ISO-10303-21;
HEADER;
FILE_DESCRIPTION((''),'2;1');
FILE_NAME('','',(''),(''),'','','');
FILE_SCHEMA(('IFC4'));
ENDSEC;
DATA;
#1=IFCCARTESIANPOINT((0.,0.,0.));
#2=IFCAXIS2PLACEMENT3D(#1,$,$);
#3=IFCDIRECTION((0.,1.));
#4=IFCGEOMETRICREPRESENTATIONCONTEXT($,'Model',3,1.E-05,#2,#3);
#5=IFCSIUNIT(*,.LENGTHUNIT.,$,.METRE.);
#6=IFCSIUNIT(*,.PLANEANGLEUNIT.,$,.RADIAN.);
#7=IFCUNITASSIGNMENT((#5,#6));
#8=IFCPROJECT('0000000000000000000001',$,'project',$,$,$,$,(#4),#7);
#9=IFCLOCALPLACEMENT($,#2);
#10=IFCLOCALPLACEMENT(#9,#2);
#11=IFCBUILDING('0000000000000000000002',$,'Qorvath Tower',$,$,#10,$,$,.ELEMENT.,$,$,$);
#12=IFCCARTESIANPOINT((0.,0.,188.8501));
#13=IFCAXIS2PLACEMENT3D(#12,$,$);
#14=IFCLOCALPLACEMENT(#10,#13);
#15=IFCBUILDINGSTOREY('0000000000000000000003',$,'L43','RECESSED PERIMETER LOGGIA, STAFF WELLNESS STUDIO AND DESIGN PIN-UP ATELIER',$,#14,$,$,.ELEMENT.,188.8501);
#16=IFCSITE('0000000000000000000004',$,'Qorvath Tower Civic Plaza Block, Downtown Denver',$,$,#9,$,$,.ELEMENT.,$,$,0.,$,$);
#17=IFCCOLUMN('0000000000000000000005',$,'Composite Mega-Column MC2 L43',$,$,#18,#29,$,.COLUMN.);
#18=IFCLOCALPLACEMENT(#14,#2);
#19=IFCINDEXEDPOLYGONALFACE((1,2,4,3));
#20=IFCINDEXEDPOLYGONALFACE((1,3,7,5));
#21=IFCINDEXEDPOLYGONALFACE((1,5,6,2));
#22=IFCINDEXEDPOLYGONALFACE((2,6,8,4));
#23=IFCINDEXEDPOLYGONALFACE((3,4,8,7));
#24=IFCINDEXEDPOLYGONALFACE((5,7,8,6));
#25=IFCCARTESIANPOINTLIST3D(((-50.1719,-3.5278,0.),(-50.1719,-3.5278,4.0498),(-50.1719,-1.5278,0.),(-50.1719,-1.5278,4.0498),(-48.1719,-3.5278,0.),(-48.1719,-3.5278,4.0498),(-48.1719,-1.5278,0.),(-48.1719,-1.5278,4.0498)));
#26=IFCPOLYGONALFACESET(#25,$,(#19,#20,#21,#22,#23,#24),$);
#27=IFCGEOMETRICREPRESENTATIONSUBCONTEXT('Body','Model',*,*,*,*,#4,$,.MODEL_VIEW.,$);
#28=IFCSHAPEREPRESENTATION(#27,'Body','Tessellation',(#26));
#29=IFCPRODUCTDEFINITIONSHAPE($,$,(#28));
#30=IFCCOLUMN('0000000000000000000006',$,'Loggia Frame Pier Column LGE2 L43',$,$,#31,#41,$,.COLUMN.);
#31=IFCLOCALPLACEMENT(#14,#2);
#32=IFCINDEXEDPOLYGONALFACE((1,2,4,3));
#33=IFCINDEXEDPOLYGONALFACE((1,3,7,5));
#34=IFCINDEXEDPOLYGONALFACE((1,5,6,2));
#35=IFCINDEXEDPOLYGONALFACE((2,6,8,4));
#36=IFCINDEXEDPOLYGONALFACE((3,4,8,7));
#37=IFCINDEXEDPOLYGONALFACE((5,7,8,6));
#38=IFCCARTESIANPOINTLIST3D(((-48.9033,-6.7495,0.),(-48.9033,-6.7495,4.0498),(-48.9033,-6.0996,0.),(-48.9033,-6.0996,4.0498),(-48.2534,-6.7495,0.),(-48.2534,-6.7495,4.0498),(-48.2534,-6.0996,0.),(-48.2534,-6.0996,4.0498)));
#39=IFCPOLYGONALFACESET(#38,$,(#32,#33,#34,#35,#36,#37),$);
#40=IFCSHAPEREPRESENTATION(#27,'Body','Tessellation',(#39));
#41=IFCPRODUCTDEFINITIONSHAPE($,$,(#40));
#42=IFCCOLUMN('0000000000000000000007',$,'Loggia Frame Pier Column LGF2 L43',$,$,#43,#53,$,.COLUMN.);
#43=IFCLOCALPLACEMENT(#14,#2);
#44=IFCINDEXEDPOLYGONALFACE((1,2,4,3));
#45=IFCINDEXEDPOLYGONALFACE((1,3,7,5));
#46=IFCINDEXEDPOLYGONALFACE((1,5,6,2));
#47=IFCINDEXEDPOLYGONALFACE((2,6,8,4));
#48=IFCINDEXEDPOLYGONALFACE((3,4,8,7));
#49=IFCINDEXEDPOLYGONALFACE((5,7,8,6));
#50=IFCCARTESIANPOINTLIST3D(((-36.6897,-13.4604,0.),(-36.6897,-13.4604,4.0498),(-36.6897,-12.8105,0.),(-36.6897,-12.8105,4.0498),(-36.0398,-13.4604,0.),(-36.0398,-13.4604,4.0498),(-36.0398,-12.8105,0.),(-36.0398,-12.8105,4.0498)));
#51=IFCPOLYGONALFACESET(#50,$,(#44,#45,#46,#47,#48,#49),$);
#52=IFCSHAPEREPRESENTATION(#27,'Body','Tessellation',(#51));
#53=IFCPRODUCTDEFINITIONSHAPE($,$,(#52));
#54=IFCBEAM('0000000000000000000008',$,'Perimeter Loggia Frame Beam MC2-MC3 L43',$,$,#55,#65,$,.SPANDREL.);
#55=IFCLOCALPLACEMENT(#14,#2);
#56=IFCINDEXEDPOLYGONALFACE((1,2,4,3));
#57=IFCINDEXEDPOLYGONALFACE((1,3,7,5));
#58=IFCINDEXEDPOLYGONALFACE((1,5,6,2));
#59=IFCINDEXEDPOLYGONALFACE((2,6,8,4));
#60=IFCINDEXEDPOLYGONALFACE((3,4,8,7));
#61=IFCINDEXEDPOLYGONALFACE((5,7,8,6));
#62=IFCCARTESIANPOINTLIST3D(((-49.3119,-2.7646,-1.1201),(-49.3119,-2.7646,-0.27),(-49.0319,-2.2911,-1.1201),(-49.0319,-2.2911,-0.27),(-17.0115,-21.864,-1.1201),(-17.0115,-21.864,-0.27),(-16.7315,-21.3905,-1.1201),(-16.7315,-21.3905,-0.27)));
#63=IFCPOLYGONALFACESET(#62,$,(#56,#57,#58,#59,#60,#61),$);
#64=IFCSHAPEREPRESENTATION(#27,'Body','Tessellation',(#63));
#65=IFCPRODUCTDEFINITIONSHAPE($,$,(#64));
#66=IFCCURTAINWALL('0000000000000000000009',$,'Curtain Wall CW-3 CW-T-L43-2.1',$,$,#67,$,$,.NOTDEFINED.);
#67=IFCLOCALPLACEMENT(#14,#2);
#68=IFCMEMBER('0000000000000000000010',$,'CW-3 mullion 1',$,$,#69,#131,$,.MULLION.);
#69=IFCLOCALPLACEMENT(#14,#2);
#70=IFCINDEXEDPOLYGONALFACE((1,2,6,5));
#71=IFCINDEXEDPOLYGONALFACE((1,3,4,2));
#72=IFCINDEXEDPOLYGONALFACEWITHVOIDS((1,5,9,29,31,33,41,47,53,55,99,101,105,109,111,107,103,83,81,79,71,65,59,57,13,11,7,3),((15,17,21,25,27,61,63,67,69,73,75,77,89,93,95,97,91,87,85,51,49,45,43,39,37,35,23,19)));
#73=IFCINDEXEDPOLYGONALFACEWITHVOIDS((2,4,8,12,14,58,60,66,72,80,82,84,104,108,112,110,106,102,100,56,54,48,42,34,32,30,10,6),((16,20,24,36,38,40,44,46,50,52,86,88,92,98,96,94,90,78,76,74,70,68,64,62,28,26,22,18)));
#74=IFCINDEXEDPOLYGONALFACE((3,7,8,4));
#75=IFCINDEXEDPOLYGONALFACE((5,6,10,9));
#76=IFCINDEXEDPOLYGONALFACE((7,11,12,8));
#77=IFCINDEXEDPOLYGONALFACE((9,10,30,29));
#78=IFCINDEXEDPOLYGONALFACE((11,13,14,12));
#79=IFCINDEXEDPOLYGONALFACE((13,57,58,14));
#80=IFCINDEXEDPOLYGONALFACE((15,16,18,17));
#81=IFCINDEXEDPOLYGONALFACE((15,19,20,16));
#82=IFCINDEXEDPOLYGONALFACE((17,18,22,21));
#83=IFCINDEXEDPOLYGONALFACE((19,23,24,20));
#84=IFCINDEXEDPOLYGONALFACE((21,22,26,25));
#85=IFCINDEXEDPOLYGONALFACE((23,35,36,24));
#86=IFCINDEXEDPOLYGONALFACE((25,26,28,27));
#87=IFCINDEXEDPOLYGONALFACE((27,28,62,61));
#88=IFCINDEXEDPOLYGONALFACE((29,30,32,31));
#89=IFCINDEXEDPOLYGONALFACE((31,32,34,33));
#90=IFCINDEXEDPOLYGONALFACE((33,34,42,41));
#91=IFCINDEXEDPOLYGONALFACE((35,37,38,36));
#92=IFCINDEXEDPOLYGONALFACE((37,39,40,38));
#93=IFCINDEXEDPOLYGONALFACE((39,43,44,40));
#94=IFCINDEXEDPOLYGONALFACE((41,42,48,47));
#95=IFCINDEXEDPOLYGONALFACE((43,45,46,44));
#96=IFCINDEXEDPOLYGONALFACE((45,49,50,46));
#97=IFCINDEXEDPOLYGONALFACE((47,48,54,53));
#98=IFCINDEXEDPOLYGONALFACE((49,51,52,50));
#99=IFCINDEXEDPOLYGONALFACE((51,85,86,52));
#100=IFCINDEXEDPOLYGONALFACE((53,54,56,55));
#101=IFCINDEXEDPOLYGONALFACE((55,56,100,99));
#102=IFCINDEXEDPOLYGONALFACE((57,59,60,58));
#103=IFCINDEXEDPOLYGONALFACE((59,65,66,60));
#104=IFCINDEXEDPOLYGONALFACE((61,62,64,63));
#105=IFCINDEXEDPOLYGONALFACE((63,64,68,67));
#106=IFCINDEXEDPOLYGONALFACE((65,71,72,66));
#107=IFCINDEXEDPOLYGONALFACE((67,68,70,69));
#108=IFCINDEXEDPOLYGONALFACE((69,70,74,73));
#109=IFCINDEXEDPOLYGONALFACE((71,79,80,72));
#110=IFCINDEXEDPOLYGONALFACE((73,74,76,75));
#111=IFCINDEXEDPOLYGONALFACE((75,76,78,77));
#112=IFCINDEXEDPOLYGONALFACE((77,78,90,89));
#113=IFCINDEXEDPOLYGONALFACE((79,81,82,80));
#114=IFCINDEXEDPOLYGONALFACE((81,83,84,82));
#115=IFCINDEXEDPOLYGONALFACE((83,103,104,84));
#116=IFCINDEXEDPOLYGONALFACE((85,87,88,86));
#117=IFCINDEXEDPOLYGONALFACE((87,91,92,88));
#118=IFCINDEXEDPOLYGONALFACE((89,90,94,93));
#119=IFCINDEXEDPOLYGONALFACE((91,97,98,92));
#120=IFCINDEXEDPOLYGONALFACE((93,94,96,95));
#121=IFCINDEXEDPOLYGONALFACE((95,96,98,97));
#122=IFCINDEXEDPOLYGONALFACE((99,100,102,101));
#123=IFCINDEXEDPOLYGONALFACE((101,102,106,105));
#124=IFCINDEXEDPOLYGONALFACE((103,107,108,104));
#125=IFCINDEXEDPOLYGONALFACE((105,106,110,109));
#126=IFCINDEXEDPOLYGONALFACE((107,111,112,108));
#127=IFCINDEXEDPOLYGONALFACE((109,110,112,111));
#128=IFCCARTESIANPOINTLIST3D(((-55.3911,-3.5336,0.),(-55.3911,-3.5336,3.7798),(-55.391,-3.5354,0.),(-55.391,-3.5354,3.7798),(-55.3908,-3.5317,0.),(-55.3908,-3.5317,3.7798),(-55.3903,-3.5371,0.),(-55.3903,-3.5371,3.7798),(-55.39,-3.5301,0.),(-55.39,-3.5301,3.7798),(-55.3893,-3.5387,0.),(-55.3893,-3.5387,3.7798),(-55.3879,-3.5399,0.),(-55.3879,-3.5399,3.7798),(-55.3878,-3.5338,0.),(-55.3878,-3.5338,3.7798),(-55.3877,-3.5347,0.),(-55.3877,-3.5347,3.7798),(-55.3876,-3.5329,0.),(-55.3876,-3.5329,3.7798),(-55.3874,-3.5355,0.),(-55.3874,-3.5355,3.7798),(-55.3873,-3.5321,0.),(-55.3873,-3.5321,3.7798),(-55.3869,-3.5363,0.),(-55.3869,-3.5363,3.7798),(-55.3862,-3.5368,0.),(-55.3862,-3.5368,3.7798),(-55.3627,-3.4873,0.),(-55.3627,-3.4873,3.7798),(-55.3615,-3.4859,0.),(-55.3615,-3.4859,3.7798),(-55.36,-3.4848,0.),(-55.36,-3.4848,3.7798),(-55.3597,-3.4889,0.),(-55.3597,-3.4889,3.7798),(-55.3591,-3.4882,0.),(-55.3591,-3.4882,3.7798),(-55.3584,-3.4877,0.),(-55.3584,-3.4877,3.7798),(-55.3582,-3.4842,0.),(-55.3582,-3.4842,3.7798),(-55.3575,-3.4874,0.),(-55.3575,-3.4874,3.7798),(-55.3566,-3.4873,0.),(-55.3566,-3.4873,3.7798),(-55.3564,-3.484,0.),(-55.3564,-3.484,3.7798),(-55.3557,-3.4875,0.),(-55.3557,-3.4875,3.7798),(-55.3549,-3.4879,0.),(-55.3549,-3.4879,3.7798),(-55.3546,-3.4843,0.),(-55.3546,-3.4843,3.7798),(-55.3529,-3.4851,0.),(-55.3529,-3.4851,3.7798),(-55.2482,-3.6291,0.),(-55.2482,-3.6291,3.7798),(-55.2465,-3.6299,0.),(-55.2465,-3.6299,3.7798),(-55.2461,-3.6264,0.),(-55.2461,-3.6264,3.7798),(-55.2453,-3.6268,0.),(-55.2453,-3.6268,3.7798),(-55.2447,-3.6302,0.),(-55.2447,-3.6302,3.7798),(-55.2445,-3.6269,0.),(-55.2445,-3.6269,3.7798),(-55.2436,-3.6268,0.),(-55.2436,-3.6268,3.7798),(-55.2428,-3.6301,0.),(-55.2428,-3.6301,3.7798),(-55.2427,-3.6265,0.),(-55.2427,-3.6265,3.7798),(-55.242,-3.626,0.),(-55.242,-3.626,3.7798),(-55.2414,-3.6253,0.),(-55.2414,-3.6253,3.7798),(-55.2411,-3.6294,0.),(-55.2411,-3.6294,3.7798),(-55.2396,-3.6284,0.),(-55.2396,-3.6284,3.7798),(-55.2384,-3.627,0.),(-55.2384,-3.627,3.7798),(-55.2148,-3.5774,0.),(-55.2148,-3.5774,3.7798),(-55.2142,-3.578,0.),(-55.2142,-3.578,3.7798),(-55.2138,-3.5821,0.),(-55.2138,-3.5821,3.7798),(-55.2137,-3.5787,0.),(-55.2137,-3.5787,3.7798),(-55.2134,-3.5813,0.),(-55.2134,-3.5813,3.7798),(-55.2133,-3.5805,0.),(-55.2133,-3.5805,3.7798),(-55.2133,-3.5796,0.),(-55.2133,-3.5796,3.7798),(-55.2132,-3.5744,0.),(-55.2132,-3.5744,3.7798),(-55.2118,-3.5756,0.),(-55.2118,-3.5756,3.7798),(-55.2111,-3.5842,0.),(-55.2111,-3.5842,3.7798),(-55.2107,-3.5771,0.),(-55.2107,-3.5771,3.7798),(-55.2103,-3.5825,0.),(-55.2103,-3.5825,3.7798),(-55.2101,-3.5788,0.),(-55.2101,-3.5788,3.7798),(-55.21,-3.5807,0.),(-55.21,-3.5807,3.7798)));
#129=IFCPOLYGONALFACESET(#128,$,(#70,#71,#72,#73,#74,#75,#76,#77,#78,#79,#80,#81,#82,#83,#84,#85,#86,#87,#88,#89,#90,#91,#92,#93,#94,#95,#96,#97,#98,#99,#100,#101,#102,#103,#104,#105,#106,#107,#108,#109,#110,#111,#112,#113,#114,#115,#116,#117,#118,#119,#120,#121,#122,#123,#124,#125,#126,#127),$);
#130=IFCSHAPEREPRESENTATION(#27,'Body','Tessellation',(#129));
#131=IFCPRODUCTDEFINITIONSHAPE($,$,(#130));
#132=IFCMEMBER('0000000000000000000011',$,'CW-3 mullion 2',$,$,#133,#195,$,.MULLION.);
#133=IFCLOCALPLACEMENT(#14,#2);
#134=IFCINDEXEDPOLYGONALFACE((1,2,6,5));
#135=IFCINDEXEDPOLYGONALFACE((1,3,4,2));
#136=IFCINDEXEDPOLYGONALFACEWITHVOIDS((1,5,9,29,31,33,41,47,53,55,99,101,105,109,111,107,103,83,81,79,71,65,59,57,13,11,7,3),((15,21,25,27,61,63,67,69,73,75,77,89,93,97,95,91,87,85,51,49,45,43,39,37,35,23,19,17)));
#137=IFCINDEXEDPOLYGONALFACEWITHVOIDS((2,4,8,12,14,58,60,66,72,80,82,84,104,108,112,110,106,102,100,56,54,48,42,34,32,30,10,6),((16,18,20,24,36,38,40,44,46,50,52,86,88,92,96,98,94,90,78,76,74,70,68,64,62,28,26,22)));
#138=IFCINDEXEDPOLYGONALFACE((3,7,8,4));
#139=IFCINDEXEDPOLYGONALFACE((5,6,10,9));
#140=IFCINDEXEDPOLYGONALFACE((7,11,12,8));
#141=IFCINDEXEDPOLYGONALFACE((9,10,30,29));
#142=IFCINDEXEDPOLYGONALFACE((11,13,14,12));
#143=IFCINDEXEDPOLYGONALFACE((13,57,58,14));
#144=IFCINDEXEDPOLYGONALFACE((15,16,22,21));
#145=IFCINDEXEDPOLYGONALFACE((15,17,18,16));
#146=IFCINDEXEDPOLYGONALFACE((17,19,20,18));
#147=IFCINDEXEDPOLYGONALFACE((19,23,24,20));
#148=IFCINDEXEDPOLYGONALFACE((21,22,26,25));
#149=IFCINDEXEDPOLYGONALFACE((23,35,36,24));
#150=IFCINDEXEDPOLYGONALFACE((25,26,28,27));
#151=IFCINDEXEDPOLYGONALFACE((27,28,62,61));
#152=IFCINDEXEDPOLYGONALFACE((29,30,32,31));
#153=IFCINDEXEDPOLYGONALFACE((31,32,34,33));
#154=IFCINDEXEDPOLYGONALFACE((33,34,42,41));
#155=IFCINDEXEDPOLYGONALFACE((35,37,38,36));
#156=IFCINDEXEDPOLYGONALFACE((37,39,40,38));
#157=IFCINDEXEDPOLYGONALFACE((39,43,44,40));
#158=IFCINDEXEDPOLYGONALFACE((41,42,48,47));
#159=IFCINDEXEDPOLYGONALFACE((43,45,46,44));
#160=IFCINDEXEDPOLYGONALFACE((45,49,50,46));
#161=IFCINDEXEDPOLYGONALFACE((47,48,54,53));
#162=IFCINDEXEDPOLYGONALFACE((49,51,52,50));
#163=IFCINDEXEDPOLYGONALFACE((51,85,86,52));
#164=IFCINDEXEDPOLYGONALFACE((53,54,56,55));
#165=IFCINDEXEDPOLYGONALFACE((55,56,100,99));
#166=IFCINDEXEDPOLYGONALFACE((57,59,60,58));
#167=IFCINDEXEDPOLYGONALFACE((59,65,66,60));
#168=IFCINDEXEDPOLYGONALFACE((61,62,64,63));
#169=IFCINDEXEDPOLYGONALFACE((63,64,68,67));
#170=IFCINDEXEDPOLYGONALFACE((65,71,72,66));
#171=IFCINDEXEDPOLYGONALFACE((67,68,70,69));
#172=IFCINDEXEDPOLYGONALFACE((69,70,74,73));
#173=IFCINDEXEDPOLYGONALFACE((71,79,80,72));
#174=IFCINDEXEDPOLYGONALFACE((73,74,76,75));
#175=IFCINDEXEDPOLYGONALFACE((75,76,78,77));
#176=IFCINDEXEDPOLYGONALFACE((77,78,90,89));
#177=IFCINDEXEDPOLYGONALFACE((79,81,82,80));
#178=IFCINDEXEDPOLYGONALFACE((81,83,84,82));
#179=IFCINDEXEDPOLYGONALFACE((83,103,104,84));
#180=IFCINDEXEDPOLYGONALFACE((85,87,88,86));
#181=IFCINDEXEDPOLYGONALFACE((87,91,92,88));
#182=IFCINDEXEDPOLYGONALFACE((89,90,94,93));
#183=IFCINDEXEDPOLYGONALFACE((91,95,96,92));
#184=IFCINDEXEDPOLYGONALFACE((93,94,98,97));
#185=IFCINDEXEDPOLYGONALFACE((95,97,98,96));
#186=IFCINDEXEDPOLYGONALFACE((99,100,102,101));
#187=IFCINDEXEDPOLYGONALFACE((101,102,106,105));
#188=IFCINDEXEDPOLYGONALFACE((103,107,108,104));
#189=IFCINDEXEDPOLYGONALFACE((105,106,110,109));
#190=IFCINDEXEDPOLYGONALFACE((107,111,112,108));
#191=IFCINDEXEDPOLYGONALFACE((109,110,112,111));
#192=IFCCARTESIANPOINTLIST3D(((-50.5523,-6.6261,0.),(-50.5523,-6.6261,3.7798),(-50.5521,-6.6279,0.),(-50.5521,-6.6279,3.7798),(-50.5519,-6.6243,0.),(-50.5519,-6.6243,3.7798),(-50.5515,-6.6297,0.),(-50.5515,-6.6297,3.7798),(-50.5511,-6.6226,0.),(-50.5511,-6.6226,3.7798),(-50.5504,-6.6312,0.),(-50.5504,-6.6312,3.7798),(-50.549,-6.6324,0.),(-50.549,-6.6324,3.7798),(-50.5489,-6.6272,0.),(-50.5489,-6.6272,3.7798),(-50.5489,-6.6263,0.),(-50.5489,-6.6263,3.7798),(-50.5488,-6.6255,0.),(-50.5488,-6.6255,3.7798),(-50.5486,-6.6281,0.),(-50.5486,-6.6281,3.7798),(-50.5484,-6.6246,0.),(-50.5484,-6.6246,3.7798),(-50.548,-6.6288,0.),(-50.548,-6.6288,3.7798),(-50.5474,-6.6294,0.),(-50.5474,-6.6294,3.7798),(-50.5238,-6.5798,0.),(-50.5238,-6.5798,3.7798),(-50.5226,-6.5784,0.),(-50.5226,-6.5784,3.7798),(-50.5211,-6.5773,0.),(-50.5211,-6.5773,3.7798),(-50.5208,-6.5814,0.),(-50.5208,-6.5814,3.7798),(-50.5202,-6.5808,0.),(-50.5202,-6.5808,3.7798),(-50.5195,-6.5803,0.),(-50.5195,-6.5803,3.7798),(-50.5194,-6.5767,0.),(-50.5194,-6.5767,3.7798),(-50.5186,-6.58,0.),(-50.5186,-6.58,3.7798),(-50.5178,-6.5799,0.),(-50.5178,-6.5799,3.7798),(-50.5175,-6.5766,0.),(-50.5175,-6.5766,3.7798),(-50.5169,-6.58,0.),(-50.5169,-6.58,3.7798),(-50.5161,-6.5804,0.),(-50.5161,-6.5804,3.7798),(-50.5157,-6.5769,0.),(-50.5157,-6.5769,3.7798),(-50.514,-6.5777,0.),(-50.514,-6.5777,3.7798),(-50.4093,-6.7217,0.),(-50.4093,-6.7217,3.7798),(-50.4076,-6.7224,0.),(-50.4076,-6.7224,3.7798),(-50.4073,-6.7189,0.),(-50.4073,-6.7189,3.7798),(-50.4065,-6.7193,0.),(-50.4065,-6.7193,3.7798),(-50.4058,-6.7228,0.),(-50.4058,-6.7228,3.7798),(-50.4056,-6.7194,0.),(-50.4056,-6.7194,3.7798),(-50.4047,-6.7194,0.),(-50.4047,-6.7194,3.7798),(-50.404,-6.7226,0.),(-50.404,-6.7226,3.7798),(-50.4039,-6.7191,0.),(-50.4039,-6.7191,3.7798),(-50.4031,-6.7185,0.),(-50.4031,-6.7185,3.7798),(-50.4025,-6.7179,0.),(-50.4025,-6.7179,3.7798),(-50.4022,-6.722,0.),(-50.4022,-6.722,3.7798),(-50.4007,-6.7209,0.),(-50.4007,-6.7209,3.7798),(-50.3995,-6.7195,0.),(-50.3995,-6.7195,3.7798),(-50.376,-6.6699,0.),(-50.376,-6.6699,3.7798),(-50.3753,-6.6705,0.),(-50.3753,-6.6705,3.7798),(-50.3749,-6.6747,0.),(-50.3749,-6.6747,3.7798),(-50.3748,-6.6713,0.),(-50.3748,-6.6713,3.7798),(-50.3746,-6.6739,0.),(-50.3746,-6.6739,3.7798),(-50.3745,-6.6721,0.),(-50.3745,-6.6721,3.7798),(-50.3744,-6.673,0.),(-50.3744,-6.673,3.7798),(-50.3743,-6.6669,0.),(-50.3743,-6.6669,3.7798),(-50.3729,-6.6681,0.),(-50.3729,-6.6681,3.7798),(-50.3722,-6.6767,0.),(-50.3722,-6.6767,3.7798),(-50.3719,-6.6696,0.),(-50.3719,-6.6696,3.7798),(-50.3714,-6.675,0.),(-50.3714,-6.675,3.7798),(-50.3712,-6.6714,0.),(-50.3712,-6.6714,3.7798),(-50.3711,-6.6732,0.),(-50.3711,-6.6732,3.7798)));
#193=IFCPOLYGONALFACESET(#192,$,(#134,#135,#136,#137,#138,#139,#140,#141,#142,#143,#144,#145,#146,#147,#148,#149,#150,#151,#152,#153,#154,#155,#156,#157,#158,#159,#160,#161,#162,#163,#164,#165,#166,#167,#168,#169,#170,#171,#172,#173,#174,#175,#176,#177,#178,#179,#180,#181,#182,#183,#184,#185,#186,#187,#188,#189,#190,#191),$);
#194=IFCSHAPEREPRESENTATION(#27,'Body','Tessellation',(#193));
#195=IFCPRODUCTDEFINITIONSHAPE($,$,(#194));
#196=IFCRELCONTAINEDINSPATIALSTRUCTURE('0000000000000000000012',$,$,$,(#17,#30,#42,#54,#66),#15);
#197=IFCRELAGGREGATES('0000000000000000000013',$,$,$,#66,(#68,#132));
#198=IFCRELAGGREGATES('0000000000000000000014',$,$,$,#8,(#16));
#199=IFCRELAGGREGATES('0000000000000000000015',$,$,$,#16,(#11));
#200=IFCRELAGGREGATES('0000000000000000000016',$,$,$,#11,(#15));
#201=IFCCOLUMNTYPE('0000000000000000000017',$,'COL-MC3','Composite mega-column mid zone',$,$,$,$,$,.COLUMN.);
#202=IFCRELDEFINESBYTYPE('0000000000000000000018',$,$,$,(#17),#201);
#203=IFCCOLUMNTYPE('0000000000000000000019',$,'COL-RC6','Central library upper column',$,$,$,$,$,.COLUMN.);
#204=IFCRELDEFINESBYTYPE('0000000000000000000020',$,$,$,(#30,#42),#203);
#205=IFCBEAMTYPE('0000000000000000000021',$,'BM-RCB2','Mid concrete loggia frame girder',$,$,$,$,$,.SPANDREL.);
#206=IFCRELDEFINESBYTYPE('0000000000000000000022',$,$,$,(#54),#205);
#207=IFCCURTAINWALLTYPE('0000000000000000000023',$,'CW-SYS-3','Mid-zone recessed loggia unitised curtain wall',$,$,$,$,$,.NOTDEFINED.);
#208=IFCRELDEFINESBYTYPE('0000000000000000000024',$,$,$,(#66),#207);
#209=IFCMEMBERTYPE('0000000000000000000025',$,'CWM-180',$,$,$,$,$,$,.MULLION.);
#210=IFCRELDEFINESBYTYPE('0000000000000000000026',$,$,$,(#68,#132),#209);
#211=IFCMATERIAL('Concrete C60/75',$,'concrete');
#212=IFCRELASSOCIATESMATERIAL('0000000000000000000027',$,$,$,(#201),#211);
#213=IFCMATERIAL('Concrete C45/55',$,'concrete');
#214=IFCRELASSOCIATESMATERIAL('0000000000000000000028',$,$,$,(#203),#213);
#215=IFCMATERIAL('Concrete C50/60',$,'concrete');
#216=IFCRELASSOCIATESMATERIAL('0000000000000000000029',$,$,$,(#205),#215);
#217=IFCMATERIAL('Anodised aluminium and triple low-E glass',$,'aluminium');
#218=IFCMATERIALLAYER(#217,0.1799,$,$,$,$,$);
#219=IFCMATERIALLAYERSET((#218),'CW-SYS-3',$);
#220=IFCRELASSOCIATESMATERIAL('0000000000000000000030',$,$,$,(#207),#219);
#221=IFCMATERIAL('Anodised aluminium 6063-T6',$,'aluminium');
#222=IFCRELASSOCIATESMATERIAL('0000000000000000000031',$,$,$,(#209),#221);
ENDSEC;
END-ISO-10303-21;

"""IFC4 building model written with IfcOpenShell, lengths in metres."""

from ifc_helpers import new_model, si_unit, direction, frame, origin, origin_2d, place, context, subcontext, project, spatial, rectangle, hollow_rectangle, extrude, material, layer, layer_set, material_profile, profile_set, type_object, element, aggregate, save


model = new_model("IFC4")

# Units and contexts
model_context = context("Model", 3, precision=1e-05, world=origin(), true_north=direction((0.0, 1.0)))
body_context = subcontext(model_context, "Body", "Model", "MODEL_VIEW")
ifc_project = project(units=[si_unit("LENGTHUNIT", "METRE"), si_unit("PLANEANGLEUNIT", "RADIAN")], contexts=[model_context])

# Site, building, storey
site_placement = place(None, origin())
site = spatial("IfcSite", under=ifc_project, at=site_placement, Name="Qorvath Tower Civic Plaza Block, Downtown Denver", CompositionType="ELEMENT", RefElevation=0.0)
building_placement = place(site_placement, origin())
building = spatial("IfcBuilding", under=site, at=building_placement, Name="Qorvath Tower", CompositionType="ELEMENT")
storey_placement = place(building_placement, frame((0.0, 0.0, 188.8501)))
storey = spatial("IfcBuildingStorey", under=building, at=storey_placement, Name="L43", Description="RECESSED PERIMETER LOGGIA, STAFF WELLNESS STUDIO AND DESIGN PIN-UP ATELIER", CompositionType="ELEMENT", Elevation=188.8501)

# Columns
ifc_material_1 = material(Name="Concrete C60/75", Category="concrete")
ifc_material_profile_1 = material_profile(ifc_material_1, rectangle(XDim=2.0, YDim=2.0, at=origin_2d()), Name="MC 2000x2000")
ifc_profile_set_1 = profile_set([ifc_material_profile_1], Name="Concrete C60/75")
column_type_1 = type_object("IfcColumnType", Name="COL-MC3", Description="Composite mega-column mid zone", PredefinedType="COLUMN", material=ifc_profile_set_1)
column_placement = place(storey_placement, frame((-49.1719, -2.5278, 0.0), z_axis=(0.0, 0.0, 1.0), x_axis=(1.0, 0.0, 0.0)))
element("IfcColumn", 1, at=column_placement, inside=storey, type_object=column_type_1, Name="Composite Mega-Column MC2 L43", PredefinedType="COLUMN", context=body_context, shape_type="SweptSolid", body=[
    extrude(rectangle(XDim=2.0, YDim=2.0, at=origin_2d()), origin(), (0.0, 0.0, 1.0), 4.0498),
])
ifc_material_2 = material(Name="Concrete C45/55", Category="concrete")
ifc_material_profile_2 = material_profile(ifc_material_2, rectangle(XDim=0.6499, YDim=0.6499, at=origin_2d()), Name="RC 650x650")
ifc_profile_set_2 = profile_set([ifc_material_profile_2], Name="Concrete C45/55")
column_type_2 = type_object("IfcColumnType", Name="COL-RC6", Description="Central library upper column", PredefinedType="COLUMN", material=ifc_profile_set_2)
for number, where, z_axis, x_axis, name in (
    (2, (-48.5784, -6.4246, 0.0), (0.0, 0.0, 1.0), (1.0, 0.0, 0.0), "Loggia Frame Pier Column LGE2 L43"),
    (3, (-36.3647, -13.1355, 0.0), (0.0, 0.0, 1.0), (1.0, 0.0, 0.0), "Loggia Frame Pier Column LGF2 L43"),
):
    element("IfcColumn", number, at=place(storey_placement, frame(where, z_axis=z_axis, x_axis=x_axis)), inside=storey, type_object=column_type_2, Name=name, PredefinedType="COLUMN", context=body_context, shape_type="SweptSolid", body=[
        extrude(rectangle(XDim=0.6499, YDim=0.6499, at=origin_2d()), origin(), (0.0, 0.0, 1.0), 4.0498),
    ])

# Beam
ifc_material_3 = material(Name="Concrete C50/60", Category="concrete")
ifc_material_profile_3 = material_profile(ifc_material_3, rectangle(XDim=0.55, YDim=0.8501, at=origin_2d()), Name="RCB 850x550")
ifc_profile_set_3 = profile_set([ifc_material_profile_3], Name="Concrete C50/60")
beam_type = type_object("IfcBeamType", Name="BM-RCB2", Description="Mid concrete loggia frame girder", PredefinedType="SPANDREL", material=ifc_profile_set_3)
beam_placement = place(storey_placement, frame((-49.1719, -2.5278, -0.6951), z_axis=(0.860777, -0.508983, 0.0), x_axis=(0.508983, 0.860777, 0.0)))
element("IfcBeam", 4, at=beam_placement, inside=storey, type_object=beam_type, Name="Perimeter Loggia Frame Beam MC2-MC3 L43", PredefinedType="SPANDREL", context=body_context, shape_type="SweptSolid", body=[
    extrude(rectangle(XDim=0.55, YDim=0.8501, at=origin_2d()), origin(), (0.0, 0.0, 1.0), 37.5247),
])

# Curtain wall, members
ifc_material_4 = material(Name="Anodised aluminium and triple low-E glass", Category="aluminium")
ifc_layer_1 = layer(ifc_material_4, 0.1799)
ifc_layer_set_1 = layer_set([ifc_layer_1], Name="CW-SYS-3")
curtain_wall_type = type_object("IfcCurtainWallType", Name="CW-SYS-3", Description="Mid-zone recessed loggia unitised curtain wall", PredefinedType="NOTDEFINED", material=ifc_layer_set_1)
curtain_wall_placement = place(storey_placement, origin())
curtain_wall = element("IfcCurtainWall", 5, at=curtain_wall_placement, inside=storey, type_object=curtain_wall_type, Name="Curtain Wall CW-3 CW-T-L43-2.1", PredefinedType="NOTDEFINED")
ifc_material_5 = material(Name="Anodised aluminium 6063-T6", Category="aluminium")
ifc_material_profile_4 = material_profile(ifc_material_5, hollow_rectangle(XDim=0.0649, YDim=0.1799, WallThickness=0.0034, InnerFilletRadius=0.0034, OuterFilletRadius=0.0071, at=origin_2d()), Name="CWM 180x65")
ifc_profile_set_4 = profile_set([ifc_material_profile_4], Name="Anodised aluminium 6063-T6")
member_type_1 = type_object("IfcMemberType", Name="CWM-180", PredefinedType="MULLION", material=ifc_profile_set_4)
member_1_placement = place(storey_placement, frame((-55.3005, -3.5571, 0.0), z_axis=(0.0, 0.0, 1.0), x_axis=(0.53853, 0.842607, 0.0)))
member_1 = element("IfcMember", 6, at=member_1_placement, type_object=member_type_1, Name="CW-3 mullion 1", PredefinedType="MULLION", context=body_context, shape_type="SweptSolid", body=[
    extrude(hollow_rectangle(XDim=0.0649, YDim=0.1799, WallThickness=0.0034, InnerFilletRadius=0.0034, OuterFilletRadius=0.0071, at=origin_2d()), origin(), (0.0, 0.0, 1.0), 3.7798),
])
member_2_placement = place(storey_placement, frame((-50.4617, -6.6497, 0.0), z_axis=(0.0, 0.0, 1.0), x_axis=(0.53853, 0.842607, 0.0)))
member_2 = element("IfcMember", 7, at=member_2_placement, type_object=member_type_1, Name="CW-3 mullion 2", PredefinedType="MULLION", context=body_context, shape_type="SweptSolid", body=[
    extrude(hollow_rectangle(XDim=0.0649, YDim=0.1799, WallThickness=0.0034, InnerFilletRadius=0.0034, OuterFilletRadius=0.0071, at=origin_2d()), origin(), (0.0, 0.0, 1.0), 3.7798),
])
aggregate(curtain_wall, [member_1, member_2])

save(model, "model.ifc")
